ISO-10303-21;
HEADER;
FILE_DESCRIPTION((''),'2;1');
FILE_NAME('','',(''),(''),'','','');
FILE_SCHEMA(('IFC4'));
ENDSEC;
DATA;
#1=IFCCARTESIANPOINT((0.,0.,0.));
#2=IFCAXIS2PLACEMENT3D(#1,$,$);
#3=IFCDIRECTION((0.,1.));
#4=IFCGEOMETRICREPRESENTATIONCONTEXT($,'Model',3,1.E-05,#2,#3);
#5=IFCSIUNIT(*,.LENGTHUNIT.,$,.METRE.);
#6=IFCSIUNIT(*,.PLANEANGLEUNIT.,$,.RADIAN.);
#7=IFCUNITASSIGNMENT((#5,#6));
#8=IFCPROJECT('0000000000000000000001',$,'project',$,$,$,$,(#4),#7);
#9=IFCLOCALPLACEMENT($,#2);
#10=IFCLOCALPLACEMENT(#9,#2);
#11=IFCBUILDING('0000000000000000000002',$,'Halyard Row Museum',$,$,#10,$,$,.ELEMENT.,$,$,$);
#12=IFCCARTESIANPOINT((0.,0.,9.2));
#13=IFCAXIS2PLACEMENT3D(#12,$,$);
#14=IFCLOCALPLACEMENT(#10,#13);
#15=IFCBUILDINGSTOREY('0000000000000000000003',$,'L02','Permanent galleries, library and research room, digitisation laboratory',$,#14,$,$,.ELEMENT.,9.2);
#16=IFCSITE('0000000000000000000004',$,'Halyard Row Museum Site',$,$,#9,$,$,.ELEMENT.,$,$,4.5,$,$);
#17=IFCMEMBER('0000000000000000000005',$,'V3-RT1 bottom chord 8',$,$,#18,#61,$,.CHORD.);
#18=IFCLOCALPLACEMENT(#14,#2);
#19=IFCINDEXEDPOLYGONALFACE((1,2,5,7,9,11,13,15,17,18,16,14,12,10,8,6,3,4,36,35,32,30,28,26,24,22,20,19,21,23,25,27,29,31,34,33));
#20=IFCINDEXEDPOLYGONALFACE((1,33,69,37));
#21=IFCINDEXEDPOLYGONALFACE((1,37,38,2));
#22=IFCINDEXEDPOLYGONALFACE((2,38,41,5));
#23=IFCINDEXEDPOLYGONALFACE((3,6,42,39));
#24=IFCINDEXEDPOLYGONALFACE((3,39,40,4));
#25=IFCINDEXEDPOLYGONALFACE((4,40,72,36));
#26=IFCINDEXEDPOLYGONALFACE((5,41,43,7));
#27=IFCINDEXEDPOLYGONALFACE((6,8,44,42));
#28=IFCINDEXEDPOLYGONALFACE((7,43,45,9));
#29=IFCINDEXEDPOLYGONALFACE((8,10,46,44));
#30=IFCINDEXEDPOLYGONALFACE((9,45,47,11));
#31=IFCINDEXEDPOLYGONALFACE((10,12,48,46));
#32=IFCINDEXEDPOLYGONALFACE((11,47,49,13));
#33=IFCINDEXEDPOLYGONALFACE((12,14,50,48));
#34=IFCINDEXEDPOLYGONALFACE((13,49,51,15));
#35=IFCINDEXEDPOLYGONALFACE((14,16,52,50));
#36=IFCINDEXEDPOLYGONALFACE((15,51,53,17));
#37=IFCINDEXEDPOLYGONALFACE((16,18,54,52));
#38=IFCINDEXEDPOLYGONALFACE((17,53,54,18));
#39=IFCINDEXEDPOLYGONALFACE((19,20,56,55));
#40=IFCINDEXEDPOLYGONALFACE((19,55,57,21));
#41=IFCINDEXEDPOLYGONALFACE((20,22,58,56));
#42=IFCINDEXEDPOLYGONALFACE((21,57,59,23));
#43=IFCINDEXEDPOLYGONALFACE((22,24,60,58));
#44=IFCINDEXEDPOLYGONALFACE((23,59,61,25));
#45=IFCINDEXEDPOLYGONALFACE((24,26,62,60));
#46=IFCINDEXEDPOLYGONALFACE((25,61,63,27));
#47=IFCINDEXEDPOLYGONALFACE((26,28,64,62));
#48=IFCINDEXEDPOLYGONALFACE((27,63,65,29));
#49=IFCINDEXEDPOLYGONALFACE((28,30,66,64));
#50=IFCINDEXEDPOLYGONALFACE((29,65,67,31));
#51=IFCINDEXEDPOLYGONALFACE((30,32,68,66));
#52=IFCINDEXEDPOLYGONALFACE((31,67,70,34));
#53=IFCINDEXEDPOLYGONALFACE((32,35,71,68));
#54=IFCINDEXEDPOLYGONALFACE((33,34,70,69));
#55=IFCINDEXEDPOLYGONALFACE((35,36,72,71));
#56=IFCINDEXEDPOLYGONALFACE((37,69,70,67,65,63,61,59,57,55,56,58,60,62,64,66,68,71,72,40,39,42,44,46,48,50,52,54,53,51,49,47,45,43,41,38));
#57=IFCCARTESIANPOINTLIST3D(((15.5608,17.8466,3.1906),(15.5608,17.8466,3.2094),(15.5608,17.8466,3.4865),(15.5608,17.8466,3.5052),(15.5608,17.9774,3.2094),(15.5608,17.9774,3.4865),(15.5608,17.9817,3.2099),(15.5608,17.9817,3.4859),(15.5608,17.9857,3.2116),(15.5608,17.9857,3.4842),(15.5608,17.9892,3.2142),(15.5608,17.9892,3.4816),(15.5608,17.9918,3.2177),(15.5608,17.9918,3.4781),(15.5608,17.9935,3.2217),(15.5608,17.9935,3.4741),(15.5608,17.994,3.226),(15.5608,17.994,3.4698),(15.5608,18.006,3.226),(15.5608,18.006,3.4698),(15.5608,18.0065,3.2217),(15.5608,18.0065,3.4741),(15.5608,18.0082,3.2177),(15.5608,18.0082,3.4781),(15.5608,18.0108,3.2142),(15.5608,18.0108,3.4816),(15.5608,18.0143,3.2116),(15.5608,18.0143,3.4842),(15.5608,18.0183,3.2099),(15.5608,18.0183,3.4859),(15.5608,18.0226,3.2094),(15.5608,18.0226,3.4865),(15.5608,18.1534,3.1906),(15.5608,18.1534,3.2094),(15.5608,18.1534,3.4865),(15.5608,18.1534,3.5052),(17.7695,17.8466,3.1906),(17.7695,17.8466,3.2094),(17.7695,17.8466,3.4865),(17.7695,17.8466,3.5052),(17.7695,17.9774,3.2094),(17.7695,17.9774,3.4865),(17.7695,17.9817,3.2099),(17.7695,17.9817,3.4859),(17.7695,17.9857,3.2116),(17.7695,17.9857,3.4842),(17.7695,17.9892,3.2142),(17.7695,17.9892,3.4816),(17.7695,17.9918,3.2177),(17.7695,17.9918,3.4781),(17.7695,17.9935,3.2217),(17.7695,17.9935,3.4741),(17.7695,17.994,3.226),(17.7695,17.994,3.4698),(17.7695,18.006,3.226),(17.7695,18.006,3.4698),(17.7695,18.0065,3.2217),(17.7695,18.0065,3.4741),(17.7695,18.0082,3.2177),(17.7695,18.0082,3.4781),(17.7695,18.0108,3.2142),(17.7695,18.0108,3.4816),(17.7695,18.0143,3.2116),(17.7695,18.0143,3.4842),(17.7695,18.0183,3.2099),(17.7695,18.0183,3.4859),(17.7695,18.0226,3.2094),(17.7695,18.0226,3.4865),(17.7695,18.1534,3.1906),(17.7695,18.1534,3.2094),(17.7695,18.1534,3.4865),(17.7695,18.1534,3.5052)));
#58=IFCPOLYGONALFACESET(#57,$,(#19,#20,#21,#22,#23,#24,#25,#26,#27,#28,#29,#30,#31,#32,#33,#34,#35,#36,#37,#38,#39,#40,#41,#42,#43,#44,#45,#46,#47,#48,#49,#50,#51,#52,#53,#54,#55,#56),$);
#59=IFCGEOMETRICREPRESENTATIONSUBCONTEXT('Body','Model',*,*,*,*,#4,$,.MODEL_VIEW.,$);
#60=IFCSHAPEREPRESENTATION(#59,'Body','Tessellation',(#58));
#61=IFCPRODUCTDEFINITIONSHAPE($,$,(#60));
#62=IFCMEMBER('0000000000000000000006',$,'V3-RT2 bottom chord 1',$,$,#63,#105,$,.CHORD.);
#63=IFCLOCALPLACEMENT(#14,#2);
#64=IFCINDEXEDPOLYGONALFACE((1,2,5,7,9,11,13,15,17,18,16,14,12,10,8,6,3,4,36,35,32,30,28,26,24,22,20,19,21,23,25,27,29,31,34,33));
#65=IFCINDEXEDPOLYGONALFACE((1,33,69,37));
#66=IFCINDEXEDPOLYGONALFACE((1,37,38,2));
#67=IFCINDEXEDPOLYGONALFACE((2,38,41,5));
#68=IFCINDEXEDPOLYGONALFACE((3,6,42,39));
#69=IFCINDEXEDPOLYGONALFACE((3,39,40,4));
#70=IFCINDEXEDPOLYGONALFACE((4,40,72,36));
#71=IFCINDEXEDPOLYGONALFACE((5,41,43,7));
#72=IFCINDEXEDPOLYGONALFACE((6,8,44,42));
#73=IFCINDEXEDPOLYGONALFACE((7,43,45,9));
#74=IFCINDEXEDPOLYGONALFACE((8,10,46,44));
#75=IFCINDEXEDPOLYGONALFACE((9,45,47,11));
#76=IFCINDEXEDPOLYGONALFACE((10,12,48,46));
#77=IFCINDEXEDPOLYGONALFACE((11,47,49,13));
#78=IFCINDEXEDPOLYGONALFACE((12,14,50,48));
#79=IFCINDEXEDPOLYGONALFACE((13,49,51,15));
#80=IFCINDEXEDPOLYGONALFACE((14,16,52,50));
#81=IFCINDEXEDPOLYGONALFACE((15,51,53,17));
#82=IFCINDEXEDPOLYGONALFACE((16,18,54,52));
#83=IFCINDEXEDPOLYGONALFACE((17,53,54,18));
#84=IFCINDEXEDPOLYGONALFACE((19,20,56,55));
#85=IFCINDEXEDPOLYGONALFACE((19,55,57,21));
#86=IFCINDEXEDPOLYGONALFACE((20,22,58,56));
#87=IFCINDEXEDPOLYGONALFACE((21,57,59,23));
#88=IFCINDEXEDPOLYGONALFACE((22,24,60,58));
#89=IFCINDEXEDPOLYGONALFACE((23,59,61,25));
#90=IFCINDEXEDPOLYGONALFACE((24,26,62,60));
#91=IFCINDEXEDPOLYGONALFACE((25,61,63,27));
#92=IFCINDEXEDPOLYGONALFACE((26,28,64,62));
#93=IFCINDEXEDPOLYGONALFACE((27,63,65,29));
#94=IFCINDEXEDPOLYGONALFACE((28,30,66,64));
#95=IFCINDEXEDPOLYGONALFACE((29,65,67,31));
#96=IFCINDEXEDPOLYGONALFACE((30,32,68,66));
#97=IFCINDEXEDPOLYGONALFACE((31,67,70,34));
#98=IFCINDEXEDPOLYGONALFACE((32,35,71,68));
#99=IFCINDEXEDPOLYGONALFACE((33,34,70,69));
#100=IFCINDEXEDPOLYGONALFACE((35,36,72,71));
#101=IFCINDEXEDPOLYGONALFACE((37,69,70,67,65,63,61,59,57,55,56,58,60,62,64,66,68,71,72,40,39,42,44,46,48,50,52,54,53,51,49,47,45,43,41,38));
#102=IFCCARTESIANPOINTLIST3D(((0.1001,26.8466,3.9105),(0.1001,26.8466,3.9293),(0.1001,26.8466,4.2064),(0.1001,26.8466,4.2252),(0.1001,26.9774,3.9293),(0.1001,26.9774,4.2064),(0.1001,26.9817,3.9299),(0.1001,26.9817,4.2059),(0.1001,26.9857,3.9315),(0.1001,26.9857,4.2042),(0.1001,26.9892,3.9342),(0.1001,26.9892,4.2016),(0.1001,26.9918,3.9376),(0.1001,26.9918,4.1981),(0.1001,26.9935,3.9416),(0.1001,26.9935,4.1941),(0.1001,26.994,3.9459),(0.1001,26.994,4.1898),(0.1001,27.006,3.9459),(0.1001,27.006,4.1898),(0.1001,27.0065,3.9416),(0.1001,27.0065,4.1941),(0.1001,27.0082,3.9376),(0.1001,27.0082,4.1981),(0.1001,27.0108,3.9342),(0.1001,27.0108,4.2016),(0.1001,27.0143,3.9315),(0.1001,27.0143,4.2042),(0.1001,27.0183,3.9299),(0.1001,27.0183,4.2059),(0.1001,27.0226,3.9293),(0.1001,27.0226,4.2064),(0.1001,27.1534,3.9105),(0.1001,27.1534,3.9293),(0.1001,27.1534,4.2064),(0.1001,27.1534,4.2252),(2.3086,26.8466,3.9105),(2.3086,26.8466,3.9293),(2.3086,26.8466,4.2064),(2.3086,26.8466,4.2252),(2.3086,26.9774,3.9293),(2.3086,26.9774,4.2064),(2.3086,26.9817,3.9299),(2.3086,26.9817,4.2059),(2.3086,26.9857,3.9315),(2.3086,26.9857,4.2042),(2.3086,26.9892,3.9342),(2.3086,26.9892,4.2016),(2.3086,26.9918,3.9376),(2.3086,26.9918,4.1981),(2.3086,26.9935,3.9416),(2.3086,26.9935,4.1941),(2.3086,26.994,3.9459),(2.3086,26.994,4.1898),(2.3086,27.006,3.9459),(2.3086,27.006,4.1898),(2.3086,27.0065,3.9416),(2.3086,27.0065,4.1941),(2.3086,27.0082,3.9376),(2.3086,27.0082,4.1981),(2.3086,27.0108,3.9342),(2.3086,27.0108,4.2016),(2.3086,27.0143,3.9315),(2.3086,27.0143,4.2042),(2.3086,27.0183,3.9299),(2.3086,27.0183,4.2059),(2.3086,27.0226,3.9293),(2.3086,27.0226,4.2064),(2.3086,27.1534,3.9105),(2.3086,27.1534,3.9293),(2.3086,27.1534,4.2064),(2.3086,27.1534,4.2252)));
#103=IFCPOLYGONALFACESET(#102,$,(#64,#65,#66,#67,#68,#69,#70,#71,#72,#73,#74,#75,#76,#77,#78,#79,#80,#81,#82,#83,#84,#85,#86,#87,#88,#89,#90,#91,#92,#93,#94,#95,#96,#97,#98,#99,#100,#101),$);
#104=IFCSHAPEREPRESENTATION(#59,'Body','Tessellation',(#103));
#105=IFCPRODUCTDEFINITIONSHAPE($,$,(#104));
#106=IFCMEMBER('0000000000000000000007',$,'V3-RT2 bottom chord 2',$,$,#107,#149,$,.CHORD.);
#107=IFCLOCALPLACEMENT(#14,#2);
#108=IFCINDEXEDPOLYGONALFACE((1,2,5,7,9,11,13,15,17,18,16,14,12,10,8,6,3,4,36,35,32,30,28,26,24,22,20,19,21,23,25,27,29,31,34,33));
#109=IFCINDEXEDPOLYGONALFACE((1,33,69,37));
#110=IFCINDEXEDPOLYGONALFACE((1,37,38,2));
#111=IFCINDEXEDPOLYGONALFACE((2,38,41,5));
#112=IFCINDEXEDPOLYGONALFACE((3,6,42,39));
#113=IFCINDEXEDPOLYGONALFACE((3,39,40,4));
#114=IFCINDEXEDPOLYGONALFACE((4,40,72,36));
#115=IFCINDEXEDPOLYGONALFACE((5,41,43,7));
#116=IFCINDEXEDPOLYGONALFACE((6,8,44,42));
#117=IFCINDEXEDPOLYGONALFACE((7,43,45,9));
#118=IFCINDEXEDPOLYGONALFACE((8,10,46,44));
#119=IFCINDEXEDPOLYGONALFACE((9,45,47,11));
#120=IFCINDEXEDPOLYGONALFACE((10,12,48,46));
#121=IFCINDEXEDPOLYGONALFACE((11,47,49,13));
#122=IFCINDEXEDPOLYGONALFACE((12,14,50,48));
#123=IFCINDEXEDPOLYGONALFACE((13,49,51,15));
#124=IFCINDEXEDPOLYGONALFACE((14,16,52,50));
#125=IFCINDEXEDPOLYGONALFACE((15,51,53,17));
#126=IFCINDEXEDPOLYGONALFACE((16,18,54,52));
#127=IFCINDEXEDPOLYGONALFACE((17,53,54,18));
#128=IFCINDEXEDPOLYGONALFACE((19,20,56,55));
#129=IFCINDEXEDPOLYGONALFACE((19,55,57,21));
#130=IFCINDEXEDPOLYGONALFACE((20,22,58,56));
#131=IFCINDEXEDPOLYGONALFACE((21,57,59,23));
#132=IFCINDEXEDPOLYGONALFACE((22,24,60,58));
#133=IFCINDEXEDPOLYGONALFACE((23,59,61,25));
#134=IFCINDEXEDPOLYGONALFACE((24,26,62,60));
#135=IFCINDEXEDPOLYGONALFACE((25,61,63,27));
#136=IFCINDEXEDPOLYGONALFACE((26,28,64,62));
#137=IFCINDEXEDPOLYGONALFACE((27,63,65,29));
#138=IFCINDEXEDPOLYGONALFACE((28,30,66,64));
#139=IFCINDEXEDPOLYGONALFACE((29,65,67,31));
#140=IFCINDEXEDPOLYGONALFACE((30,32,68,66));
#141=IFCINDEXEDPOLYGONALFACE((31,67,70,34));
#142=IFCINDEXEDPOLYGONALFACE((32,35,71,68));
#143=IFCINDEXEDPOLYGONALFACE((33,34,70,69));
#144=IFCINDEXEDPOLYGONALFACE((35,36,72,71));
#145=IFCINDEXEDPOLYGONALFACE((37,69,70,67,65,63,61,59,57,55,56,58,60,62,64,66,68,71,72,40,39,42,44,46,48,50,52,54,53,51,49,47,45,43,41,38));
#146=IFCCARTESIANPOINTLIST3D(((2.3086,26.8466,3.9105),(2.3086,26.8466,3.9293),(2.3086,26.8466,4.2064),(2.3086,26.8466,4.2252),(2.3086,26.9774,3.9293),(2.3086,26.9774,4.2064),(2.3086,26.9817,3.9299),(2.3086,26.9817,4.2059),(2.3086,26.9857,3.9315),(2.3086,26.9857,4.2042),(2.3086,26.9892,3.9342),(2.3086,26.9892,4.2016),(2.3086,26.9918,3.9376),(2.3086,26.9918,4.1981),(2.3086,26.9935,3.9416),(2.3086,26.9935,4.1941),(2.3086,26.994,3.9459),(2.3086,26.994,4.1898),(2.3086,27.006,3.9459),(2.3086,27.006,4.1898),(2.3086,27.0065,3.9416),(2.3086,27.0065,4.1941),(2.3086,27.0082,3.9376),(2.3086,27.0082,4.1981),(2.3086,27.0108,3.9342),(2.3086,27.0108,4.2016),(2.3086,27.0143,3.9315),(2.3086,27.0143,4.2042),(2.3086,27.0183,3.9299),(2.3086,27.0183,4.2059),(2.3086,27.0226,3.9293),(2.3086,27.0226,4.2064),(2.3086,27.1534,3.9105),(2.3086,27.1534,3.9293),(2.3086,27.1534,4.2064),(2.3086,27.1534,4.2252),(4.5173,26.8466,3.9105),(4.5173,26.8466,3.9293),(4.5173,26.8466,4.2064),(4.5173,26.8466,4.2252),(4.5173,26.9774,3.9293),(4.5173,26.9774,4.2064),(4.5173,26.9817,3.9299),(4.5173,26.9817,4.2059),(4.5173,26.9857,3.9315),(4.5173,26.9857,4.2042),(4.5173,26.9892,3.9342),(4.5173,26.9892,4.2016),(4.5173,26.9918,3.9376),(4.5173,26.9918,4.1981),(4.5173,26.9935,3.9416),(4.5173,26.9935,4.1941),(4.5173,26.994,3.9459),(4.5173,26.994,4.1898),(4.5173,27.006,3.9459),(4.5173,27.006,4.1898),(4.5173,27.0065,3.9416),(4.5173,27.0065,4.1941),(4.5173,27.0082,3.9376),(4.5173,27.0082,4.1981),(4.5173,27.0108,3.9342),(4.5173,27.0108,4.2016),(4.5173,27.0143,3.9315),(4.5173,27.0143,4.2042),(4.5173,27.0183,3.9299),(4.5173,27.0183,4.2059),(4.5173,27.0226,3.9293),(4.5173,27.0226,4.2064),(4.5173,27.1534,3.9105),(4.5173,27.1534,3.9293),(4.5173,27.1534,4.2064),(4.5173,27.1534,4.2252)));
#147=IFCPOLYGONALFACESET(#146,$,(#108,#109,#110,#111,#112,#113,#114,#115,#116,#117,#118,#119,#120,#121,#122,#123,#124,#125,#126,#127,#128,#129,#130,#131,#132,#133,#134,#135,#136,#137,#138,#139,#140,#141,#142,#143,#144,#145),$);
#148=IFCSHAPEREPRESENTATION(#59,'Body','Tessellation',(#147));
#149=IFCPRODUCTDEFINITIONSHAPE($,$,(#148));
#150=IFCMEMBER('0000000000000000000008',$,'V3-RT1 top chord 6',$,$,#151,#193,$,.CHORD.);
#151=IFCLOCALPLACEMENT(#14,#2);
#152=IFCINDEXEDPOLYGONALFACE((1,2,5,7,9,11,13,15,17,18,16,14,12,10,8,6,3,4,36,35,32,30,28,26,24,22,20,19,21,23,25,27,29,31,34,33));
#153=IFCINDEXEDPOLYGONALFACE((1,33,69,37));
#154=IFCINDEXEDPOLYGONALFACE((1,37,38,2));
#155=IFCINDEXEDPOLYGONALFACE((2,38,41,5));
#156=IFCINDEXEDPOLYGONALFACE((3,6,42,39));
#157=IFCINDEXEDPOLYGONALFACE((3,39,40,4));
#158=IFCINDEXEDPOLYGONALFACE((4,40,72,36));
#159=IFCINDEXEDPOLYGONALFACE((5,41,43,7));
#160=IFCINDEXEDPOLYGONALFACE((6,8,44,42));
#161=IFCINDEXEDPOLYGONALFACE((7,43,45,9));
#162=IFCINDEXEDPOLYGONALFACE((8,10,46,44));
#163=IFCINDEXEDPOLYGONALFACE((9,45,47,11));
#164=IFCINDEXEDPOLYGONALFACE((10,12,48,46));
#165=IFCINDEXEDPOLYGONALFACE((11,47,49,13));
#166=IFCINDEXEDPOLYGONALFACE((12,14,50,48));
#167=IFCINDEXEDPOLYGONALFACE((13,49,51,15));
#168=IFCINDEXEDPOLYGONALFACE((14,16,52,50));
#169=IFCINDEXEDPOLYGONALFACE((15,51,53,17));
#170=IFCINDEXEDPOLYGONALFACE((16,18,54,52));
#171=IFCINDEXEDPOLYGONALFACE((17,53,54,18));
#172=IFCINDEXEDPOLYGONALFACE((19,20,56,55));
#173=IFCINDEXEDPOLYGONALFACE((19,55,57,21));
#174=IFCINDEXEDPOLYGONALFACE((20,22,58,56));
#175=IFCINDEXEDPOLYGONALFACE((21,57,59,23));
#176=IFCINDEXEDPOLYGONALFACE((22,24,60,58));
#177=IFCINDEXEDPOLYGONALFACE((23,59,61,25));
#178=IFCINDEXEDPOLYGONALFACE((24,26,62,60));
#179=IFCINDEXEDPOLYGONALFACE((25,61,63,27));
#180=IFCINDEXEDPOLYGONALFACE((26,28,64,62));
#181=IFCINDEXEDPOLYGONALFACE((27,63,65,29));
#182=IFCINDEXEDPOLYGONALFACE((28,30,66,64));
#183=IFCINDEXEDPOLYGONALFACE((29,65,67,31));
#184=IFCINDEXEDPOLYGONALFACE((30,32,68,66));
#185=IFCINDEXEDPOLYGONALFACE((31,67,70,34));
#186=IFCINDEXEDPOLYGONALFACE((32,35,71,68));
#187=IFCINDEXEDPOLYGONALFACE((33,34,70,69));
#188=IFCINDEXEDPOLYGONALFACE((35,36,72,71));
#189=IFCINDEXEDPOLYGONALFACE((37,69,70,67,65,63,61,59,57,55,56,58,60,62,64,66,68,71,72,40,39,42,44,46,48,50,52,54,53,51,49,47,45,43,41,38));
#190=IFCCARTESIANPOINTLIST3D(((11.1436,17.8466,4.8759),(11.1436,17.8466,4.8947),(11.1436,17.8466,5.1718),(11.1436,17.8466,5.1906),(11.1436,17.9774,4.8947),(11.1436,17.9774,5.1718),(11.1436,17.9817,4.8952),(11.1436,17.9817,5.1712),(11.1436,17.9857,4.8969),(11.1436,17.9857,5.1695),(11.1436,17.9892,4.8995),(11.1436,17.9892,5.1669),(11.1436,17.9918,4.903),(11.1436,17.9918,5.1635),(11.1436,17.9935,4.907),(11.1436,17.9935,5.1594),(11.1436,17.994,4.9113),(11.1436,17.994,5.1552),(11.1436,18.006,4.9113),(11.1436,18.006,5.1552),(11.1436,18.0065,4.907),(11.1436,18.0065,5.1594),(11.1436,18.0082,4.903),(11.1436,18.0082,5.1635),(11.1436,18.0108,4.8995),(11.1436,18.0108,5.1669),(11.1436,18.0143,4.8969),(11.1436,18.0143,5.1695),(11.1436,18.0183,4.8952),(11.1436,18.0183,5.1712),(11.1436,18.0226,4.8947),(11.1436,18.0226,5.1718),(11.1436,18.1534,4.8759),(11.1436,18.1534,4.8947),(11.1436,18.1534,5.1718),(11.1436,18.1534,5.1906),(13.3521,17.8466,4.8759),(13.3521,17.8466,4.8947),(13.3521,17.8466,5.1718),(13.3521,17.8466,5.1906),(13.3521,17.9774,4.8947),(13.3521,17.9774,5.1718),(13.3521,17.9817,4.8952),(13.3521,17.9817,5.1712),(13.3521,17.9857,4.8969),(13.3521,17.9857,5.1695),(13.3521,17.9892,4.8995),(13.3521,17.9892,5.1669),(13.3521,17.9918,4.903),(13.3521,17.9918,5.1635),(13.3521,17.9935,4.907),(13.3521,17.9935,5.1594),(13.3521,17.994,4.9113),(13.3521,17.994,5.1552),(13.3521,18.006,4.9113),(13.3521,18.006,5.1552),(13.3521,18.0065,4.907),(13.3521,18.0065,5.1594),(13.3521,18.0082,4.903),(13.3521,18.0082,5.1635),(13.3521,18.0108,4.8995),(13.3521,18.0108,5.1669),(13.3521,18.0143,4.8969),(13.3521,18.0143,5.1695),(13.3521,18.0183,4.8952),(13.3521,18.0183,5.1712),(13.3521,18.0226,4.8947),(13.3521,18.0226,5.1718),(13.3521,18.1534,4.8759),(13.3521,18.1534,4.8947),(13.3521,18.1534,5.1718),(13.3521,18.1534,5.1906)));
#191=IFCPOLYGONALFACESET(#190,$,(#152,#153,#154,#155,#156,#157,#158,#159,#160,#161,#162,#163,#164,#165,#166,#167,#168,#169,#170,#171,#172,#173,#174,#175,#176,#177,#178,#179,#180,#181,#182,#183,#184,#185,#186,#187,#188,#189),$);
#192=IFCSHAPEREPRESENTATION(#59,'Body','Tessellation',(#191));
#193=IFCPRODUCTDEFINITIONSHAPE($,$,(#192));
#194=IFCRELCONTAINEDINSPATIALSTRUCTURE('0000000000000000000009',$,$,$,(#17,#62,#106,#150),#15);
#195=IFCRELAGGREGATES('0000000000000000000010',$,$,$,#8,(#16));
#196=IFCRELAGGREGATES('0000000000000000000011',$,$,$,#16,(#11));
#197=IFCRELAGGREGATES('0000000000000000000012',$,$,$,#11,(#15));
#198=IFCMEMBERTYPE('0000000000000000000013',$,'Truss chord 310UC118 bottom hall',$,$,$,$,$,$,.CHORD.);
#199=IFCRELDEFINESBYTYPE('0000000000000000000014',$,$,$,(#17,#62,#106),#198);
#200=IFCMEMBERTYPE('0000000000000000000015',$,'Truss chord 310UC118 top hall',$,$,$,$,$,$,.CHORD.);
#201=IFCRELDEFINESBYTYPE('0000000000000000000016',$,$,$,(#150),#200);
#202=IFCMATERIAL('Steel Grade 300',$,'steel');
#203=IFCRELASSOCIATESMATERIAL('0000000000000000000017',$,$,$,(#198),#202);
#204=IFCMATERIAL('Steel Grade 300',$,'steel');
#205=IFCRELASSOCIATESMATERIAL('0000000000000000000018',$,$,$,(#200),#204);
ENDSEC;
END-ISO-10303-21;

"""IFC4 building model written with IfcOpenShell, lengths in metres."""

from ifc_helpers import new_model, si_unit, direction, frame, origin, origin_2d, place, context, subcontext, project, spatial, i_section, extrude, material, material_profile, profile_set, type_object, element, save


model = new_model("IFC4")

# Units and contexts
model_context = context("Model", 3, precision=1e-05, world=origin(), true_north=direction((0.0, 1.0)))
body_context = subcontext(model_context, "Body", "Model", "MODEL_VIEW")
ifc_project = project(units=[si_unit("LENGTHUNIT", "METRE"), si_unit("PLANEANGLEUNIT", "RADIAN")], contexts=[model_context])

# Site, building, storey
site_placement = place(None, origin())
site = spatial("IfcSite", under=ifc_project, at=site_placement, Name="Halyard Row Museum Site", CompositionType="ELEMENT", RefElevation=4.5)
building_placement = place(site_placement, origin())
building = spatial("IfcBuilding", under=site, at=building_placement, Name="Halyard Row Museum", CompositionType="ELEMENT")
storey_placement = place(building_placement, frame((0.0, 0.0, 9.2)))
storey = spatial("IfcBuildingStorey", under=building, at=storey_placement, Name="L02", Description="Permanent galleries, library and research room, digitisation laboratory", CompositionType="ELEMENT", Elevation=9.2)

# Members
ifc_material_1 = material(Name="Steel Grade 300", Category="steel")
ifc_material_profile_1 = material_profile(ifc_material_1, i_section(OverallWidth=0.3069, OverallDepth=0.3147, WebThickness=0.012, FlangeThickness=0.0188, FilletRadius=0.0166, at=origin_2d()), Name="310UC118")
ifc_profile_set_1 = profile_set([ifc_material_profile_1], Name="Steel Grade 300")
member_type_1 = type_object("IfcMemberType", Name="Truss chord 310UC118 bottom hall", PredefinedType="CHORD", material=ifc_profile_set_1)
for number, where, z_axis, x_axis, name in (
    (1, (15.5608, 18.0, 3.3479), (1.0, 0.0, 0.0), (0.0, 1.0, 0.0), "V3-RT1 bottom chord 8"),
):
    element("IfcMember", number, at=place(storey_placement, frame(where, z_axis=z_axis, x_axis=x_axis)), inside=storey, type_object=member_type_1, Name=name, PredefinedType="CHORD", context=body_context, shape_type="SweptSolid", body=[
        extrude(i_section(OverallWidth=0.3069, OverallDepth=0.3147, WebThickness=0.012, FlangeThickness=0.0188, FilletRadius=0.0166, at=origin_2d()), origin(), (0.0, 0.0, 1.0), 2.2087),
    ])
member_1_placement = place(storey_placement, frame((0.1001, 27.0, 4.0679), z_axis=(1.0, 0.0, 0.0), x_axis=(0.0, 1.0, 0.0)))
element("IfcMember", 2, at=member_1_placement, inside=storey, type_object=member_type_1, Name="V3-RT2 bottom chord 1", PredefinedType="CHORD", context=body_context, shape_type="SweptSolid", body=[
    extrude(i_section(OverallWidth=0.3069, OverallDepth=0.3147, WebThickness=0.012, FlangeThickness=0.0188, FilletRadius=0.0166, at=origin_2d()), origin(), (0.0, 0.0, 1.0), 2.2085),
])
member_2_placement = place(storey_placement, frame((2.3086, 27.0, 4.0679), z_axis=(1.0, 0.0, 0.0), x_axis=(0.0, 1.0, 0.0)))
element("IfcMember", 3, at=member_2_placement, inside=storey, type_object=member_type_1, Name="V3-RT2 bottom chord 2", PredefinedType="CHORD", context=body_context, shape_type="SweptSolid", body=[
    extrude(i_section(OverallWidth=0.3069, OverallDepth=0.3147, WebThickness=0.012, FlangeThickness=0.0188, FilletRadius=0.0166, at=origin_2d()), origin(), (0.0, 0.0, 1.0), 2.2087),
])
ifc_material_2 = material(Name="Steel Grade 300", Category="steel")
ifc_material_profile_2 = material_profile(ifc_material_2, i_section(OverallWidth=0.3069, OverallDepth=0.3147, WebThickness=0.012, FlangeThickness=0.0188, FilletRadius=0.0166, at=origin_2d()), Name="310UC118")
ifc_profile_set_2 = profile_set([ifc_material_profile_2], Name="Steel Grade 300")
member_type_2 = type_object("IfcMemberType", Name="Truss chord 310UC118 top hall", PredefinedType="CHORD", material=ifc_profile_set_2)
member_3_placement = place(storey_placement, frame((11.1436, 18.0, 5.0332), z_axis=(1.0, 0.0, 0.0), x_axis=(0.0, 1.0, 0.0)))
element("IfcMember", 4, at=member_3_placement, inside=storey, type_object=member_type_2, Name="V3-RT1 top chord 6", PredefinedType="CHORD", context=body_context, shape_type="SweptSolid", body=[
    extrude(i_section(OverallWidth=0.3069, OverallDepth=0.3147, WebThickness=0.012, FlangeThickness=0.0188, FilletRadius=0.0166, at=origin_2d()), origin(), (0.0, 0.0, 1.0), 2.2085),
])

save(model, "model.ifc")
